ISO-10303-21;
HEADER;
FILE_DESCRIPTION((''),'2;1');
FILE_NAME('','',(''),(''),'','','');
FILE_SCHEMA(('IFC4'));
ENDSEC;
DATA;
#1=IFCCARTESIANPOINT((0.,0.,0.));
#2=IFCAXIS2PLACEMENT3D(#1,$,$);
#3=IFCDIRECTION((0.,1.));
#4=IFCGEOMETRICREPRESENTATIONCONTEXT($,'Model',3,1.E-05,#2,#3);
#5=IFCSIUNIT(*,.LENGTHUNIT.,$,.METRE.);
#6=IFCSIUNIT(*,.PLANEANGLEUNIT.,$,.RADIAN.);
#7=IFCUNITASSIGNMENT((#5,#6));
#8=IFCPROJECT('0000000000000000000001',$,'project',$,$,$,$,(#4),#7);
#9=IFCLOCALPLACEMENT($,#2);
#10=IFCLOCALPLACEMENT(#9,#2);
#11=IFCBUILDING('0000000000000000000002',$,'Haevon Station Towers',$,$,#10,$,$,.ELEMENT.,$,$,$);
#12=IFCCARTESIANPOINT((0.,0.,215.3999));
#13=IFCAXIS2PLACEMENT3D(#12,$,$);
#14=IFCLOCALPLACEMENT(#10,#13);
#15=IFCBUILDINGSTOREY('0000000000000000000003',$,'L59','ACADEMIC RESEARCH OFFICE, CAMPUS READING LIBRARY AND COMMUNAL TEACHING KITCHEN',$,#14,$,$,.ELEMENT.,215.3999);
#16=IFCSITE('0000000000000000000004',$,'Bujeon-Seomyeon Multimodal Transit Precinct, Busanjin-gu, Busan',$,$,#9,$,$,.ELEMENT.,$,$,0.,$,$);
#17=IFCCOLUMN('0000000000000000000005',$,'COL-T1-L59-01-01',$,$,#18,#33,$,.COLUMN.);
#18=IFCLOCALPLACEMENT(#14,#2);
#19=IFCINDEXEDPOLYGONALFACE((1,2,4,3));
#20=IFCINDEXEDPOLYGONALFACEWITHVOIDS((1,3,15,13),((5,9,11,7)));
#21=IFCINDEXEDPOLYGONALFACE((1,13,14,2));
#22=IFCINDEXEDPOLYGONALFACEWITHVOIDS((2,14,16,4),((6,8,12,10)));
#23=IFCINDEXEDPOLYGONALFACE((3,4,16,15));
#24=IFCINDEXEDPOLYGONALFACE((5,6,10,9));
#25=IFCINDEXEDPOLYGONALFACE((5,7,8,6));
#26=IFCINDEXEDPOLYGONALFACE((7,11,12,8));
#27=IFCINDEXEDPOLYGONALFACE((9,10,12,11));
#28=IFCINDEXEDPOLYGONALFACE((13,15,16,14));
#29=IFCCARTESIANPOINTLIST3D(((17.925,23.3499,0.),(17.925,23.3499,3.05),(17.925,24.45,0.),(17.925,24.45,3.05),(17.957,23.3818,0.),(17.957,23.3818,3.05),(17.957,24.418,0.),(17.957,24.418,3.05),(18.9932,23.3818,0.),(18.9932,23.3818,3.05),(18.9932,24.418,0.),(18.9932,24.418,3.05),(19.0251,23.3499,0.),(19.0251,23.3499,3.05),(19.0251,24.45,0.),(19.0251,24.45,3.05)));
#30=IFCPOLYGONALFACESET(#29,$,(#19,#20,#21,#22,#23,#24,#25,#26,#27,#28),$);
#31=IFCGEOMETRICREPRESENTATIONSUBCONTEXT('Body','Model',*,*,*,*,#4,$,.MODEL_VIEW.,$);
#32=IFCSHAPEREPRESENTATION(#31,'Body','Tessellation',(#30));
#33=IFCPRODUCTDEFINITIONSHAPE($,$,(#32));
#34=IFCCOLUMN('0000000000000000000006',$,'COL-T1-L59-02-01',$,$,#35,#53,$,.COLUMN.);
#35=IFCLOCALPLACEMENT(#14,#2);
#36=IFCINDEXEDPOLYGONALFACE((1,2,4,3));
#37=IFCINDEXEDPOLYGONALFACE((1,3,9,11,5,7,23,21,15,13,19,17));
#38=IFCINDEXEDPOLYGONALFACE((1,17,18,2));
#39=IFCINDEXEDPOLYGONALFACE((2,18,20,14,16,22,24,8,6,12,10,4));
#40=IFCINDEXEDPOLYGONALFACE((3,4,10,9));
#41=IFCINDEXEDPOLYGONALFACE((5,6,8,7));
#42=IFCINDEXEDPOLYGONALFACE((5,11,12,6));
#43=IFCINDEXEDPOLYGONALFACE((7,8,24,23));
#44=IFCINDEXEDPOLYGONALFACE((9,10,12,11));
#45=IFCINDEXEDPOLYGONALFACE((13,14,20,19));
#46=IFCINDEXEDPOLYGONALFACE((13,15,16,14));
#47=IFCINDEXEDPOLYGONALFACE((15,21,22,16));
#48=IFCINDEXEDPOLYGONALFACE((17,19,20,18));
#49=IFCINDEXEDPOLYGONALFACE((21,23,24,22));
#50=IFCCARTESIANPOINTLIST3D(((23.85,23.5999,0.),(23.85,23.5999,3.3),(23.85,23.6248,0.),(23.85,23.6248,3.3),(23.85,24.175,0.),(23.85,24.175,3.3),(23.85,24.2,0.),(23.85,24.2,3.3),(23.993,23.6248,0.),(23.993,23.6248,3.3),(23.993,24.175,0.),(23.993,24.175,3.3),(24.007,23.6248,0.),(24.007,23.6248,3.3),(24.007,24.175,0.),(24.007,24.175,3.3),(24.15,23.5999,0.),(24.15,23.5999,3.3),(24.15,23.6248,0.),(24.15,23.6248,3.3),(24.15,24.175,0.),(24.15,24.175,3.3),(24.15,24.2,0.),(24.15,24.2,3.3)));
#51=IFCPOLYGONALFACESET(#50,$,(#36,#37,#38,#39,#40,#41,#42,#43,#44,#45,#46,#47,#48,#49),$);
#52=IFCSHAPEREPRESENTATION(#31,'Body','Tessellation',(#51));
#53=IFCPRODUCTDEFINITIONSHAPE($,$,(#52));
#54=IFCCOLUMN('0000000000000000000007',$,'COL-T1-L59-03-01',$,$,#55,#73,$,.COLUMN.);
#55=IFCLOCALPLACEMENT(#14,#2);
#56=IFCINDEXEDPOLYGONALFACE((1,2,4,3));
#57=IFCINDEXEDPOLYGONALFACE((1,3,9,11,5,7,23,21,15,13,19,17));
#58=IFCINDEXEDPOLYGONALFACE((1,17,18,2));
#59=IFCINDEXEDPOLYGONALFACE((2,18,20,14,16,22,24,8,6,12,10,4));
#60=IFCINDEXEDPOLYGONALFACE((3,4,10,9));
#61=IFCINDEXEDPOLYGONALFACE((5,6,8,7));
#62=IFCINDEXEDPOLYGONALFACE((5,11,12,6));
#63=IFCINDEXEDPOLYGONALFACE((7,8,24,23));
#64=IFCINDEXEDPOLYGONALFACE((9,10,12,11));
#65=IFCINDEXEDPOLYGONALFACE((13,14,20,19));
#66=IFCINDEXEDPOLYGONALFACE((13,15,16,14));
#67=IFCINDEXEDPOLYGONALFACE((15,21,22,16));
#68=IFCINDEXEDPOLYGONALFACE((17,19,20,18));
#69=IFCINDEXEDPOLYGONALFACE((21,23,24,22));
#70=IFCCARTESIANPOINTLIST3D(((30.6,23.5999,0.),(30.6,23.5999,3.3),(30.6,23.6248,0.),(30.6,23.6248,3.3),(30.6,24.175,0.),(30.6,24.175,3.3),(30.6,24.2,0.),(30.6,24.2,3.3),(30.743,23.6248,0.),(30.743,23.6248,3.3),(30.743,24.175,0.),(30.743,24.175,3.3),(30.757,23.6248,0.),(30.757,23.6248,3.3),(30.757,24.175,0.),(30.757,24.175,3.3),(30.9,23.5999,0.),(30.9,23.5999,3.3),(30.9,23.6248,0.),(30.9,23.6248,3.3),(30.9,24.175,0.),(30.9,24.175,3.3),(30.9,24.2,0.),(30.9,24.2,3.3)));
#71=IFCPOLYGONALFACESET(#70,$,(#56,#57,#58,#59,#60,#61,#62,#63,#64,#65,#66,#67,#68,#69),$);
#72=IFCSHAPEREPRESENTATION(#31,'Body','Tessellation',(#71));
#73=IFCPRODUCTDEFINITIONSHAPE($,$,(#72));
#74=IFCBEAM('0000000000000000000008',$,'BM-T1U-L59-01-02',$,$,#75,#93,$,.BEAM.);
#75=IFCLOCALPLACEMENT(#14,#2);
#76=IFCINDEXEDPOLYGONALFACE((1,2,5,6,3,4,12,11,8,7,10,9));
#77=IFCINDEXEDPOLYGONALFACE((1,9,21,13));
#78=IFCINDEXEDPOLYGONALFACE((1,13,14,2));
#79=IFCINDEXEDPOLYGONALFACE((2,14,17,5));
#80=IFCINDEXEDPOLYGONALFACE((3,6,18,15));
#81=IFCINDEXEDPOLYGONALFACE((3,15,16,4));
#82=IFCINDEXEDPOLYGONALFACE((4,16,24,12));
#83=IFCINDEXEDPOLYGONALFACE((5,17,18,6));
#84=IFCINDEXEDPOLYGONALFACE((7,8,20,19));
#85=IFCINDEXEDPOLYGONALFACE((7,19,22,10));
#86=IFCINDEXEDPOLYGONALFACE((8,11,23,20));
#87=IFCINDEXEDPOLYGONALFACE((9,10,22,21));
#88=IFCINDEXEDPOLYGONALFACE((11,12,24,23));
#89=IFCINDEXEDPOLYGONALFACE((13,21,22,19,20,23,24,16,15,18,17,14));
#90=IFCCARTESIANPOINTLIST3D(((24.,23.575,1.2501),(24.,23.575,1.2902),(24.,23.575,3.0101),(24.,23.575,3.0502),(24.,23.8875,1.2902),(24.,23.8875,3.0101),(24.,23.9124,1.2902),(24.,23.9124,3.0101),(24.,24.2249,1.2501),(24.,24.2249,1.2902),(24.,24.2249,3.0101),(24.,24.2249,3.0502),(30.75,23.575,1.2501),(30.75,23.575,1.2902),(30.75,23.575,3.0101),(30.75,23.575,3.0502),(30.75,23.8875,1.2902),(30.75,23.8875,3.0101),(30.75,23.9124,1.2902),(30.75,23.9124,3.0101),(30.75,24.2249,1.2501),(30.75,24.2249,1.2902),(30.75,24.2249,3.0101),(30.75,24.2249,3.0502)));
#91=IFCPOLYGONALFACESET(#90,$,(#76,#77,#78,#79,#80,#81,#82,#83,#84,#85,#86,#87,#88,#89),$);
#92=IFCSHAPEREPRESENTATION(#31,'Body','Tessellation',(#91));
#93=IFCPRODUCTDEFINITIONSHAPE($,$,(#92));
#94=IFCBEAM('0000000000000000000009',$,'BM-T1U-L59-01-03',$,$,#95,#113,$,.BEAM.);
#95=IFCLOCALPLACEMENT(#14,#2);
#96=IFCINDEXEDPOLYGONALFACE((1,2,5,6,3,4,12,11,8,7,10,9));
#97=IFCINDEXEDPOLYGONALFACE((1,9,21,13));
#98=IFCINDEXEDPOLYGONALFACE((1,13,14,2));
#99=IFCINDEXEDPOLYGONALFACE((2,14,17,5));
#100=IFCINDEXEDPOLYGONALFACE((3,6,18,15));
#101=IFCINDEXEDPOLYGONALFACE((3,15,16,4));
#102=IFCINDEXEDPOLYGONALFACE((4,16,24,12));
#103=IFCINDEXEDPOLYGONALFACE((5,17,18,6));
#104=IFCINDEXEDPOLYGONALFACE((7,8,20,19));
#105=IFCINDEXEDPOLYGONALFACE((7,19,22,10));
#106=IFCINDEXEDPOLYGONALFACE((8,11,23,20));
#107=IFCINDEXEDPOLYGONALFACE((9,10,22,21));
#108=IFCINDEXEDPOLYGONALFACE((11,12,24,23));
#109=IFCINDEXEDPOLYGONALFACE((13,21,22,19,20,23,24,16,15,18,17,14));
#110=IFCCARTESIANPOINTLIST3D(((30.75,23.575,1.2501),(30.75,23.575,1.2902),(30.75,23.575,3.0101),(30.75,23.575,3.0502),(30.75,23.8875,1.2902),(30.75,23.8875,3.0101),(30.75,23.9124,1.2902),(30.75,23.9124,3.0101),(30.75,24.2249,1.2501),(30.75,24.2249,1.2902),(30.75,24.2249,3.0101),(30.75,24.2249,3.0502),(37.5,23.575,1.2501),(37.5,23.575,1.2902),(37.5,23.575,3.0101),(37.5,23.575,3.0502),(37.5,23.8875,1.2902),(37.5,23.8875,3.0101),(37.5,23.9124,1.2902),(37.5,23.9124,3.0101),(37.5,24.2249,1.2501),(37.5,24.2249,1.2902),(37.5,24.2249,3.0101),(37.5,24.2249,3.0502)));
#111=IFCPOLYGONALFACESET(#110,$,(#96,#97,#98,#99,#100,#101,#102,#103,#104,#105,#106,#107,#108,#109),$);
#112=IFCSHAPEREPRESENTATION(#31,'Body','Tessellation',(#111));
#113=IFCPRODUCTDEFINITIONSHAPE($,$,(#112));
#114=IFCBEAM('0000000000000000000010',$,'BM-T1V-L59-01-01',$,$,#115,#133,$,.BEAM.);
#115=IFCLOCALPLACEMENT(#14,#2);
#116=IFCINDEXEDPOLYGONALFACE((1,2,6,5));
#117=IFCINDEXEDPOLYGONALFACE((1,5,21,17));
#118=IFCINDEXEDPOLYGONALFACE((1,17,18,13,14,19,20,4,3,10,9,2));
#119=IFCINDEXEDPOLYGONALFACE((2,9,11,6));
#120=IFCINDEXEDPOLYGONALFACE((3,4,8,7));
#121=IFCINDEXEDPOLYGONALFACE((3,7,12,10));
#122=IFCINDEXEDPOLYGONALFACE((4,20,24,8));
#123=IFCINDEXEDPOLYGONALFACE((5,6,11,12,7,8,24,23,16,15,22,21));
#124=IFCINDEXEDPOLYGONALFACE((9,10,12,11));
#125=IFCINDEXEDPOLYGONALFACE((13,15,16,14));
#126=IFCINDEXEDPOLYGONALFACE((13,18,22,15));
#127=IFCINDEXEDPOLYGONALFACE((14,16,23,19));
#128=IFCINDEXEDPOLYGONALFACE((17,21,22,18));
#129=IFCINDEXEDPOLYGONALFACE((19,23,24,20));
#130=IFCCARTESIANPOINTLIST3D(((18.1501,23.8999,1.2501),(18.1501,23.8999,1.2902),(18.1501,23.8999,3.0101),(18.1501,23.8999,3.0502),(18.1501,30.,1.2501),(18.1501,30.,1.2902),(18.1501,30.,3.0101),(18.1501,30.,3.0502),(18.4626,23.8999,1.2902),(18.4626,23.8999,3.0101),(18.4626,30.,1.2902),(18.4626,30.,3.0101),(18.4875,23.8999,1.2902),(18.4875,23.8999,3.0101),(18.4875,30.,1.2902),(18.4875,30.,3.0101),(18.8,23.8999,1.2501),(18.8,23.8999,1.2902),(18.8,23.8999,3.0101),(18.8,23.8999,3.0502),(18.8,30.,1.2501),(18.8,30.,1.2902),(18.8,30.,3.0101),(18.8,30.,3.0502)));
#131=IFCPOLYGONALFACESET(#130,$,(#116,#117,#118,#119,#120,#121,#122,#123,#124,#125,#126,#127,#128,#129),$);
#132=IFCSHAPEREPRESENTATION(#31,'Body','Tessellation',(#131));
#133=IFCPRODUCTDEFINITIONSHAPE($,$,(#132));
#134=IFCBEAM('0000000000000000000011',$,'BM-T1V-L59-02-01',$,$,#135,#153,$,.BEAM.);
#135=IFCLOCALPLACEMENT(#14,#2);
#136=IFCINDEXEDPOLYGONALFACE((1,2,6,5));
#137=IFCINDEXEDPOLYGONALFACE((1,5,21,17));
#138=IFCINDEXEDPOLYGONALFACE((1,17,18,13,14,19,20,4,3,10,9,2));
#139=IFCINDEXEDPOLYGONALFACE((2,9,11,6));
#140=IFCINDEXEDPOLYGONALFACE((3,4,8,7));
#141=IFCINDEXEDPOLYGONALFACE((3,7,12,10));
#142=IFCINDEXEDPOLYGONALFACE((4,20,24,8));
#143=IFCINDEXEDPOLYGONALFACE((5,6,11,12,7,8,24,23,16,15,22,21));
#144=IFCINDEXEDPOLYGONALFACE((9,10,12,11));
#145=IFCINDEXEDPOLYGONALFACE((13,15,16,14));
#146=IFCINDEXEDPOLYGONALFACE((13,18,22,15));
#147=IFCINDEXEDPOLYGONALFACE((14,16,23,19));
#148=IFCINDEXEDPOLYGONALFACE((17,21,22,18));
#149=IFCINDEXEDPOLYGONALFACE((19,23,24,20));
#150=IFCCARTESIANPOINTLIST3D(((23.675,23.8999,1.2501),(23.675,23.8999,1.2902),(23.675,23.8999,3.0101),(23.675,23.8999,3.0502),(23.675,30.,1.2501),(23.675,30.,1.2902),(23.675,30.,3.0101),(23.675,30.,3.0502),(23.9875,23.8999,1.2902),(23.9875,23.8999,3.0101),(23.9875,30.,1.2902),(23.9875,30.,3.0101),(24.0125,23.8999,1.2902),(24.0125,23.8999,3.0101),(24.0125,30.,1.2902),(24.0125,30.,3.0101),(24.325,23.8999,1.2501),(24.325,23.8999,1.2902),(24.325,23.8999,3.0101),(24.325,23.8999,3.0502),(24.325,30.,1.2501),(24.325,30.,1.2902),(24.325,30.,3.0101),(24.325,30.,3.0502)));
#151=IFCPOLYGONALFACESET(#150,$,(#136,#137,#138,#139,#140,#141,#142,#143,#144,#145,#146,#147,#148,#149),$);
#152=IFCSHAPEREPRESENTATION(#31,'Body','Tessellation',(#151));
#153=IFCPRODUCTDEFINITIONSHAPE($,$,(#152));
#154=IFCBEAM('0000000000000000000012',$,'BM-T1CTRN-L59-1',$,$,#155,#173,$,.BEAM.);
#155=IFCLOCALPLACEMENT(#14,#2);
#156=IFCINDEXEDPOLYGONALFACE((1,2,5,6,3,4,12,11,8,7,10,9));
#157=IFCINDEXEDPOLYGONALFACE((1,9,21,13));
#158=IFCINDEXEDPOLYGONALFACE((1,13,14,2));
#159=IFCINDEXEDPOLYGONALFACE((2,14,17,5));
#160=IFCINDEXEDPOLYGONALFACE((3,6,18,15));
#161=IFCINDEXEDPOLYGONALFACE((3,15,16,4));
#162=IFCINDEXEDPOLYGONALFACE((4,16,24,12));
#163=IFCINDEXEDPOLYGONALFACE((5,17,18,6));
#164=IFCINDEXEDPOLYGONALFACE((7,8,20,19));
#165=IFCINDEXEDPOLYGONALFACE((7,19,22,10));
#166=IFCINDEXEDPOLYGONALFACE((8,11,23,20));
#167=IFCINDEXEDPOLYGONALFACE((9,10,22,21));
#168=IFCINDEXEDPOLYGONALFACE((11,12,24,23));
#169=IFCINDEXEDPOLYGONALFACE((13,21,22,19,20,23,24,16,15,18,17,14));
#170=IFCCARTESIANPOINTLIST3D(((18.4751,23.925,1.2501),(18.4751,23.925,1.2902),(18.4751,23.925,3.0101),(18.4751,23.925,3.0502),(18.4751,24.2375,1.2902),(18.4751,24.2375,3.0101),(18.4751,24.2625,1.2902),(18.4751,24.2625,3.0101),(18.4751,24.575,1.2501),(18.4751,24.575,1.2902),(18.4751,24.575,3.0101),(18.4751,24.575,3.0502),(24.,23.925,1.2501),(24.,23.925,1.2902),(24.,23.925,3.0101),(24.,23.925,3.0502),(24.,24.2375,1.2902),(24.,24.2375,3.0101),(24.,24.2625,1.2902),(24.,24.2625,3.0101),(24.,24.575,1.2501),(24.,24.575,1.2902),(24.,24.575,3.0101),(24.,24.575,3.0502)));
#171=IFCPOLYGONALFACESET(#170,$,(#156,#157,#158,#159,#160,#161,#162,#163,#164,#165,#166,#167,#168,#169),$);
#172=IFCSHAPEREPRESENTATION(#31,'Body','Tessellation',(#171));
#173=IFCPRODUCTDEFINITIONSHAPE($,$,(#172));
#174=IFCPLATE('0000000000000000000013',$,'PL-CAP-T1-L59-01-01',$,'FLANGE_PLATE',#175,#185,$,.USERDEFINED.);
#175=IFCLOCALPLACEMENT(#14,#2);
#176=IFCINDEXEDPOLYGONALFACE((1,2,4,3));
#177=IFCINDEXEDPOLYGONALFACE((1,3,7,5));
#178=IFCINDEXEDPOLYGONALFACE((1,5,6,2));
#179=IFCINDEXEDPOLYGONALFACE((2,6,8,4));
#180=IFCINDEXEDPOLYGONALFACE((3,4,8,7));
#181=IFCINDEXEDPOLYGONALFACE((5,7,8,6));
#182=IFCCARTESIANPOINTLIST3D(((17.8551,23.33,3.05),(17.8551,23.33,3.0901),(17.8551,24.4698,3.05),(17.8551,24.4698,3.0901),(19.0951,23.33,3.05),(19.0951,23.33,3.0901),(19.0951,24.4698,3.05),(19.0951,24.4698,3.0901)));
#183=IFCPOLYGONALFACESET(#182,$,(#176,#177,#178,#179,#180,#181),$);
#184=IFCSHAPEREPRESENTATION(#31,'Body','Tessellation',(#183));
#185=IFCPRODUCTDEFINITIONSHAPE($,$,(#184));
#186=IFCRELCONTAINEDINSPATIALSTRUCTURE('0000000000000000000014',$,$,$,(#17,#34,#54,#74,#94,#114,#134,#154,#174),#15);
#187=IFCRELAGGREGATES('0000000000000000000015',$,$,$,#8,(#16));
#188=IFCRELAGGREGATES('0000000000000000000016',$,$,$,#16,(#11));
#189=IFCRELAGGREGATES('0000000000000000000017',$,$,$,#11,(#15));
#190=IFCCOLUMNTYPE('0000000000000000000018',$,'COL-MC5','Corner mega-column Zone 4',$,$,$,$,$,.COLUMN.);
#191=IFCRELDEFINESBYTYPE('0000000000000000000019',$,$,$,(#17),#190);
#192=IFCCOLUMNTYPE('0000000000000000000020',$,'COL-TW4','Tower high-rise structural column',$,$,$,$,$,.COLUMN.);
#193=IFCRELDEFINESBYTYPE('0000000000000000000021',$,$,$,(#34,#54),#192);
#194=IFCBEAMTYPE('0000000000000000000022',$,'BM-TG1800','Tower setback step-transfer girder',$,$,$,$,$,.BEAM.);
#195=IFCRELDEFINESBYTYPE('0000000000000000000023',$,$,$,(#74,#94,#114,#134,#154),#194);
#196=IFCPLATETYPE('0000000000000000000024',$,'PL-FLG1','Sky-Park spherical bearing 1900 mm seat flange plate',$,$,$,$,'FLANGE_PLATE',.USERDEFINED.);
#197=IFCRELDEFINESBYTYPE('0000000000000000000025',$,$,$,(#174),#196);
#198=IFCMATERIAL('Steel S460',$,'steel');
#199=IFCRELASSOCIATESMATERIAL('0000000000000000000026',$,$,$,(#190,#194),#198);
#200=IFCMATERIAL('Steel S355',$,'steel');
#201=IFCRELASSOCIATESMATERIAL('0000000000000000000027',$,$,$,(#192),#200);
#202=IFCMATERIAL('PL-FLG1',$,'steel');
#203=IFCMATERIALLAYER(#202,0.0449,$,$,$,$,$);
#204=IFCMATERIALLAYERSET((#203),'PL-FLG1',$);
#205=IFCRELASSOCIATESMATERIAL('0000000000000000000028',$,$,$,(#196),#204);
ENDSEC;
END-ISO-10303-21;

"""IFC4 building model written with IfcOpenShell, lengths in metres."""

from ifc_helpers import new_model, si_unit, direction, frame, origin, origin_2d, place, context, subcontext, project, spatial, rectangle, hollow_rectangle, i_section, extrude, material, layer, layer_set, material_profile, profile_set, type_object, element, save


model = new_model("IFC4")

# Units and contexts
model_context = context("Model", 3, precision=1e-05, world=origin(), true_north=direction((0.0, 1.0)))
body_context = subcontext(model_context, "Body", "Model", "MODEL_VIEW")
ifc_project = project(units=[si_unit("LENGTHUNIT", "METRE"), si_unit("PLANEANGLEUNIT", "RADIAN")], contexts=[model_context])

# Site, building, storey
site_placement = place(None, origin())
site = spatial("IfcSite", under=ifc_project, at=site_placement, Name="Bujeon-Seomyeon Multimodal Transit Precinct, Busanjin-gu, Busan", CompositionType="ELEMENT", RefElevation=0.0)
building_placement = place(site_placement, origin())
building = spatial("IfcBuilding", under=site, at=building_placement, Name="Haevon Station Towers", CompositionType="ELEMENT")
storey_placement = place(building_placement, frame((0.0, 0.0, 215.3999)))
storey = spatial("IfcBuildingStorey", under=building, at=storey_placement, Name="L59", Description="ACADEMIC RESEARCH OFFICE, CAMPUS READING LIBRARY AND COMMUNAL TEACHING KITCHEN", CompositionType="ELEMENT", Elevation=215.3999)

# Columns
ifc_material_1 = material(Name="Steel S460", Category="steel")
ifc_material_profile_1 = material_profile(ifc_material_1, hollow_rectangle(XDim=1.1001, YDim=1.1001, WallThickness=0.032, at=origin_2d()), Name="BOX-1100x1100x32")
ifc_profile_set_1 = profile_set([ifc_material_profile_1], Name="Steel S460")
column_type_1 = type_object("IfcColumnType", Name="COL-MC5", Description="Corner mega-column Zone 4", PredefinedType="COLUMN", material=ifc_profile_set_1)
column_placement = place(storey_placement, frame((18.4751, 23.8999, 0.0), z_axis=(0.0, 0.0, 1.0), x_axis=(1.0, 0.0, 0.0)))
element("IfcColumn", 1, at=column_placement, inside=storey, type_object=column_type_1, Name="COL-T1-L59-01-01", PredefinedType="COLUMN", context=body_context, shape_type="SweptSolid", body=[
    extrude(hollow_rectangle(XDim=1.1001, YDim=1.1001, WallThickness=0.032, at=origin_2d()), origin(), (0.0, 0.0, 1.0), 3.05),
])
ifc_material_2 = material(Name="Steel S355", Category="steel")
ifc_material_profile_2 = material_profile(ifc_material_2, i_section(OverallWidth=0.3, OverallDepth=0.6001, WebThickness=0.0139, FlangeThickness=0.0249, at=origin_2d()), Name="H-600x300x14x25")
ifc_profile_set_2 = profile_set([ifc_material_profile_2], Name="Steel S355")
column_type_2 = type_object("IfcColumnType", Name="COL-TW4", Description="Tower high-rise structural column", PredefinedType="COLUMN", material=ifc_profile_set_2)
for number, where, z_axis, x_axis, name in (
    (2, (24.0, 23.8999, 0.0), (0.0, 0.0, 1.0), (1.0, 0.0, 0.0), "COL-T1-L59-02-01"),
    (3, (30.75, 23.8999, 0.0), (0.0, 0.0, 1.0), (1.0, 0.0, 0.0), "COL-T1-L59-03-01"),
):
    element("IfcColumn", number, at=place(storey_placement, frame(where, z_axis=z_axis, x_axis=x_axis)), inside=storey, type_object=column_type_2, Name=name, PredefinedType="COLUMN", context=body_context, shape_type="SweptSolid", body=[
        extrude(i_section(OverallWidth=0.3, OverallDepth=0.6001, WebThickness=0.0139, FlangeThickness=0.0249, at=origin_2d()), origin(), (0.0, 0.0, 1.0), 3.3),
    ])

# Beams
ifc_material_profile_3 = material_profile(ifc_material_1, i_section(OverallWidth=0.6499, OverallDepth=1.8, WebThickness=0.0249, FlangeThickness=0.04, at=origin_2d()), Name="H-1800x650x25x40")
ifc_profile_set_3 = profile_set([ifc_material_profile_3], Name="Steel S460")
beam_type = type_object("IfcBeamType", Name="BM-TG1800", Description="Tower setback step-transfer girder", PredefinedType="BEAM", material=ifc_profile_set_3)
for number, where, z_axis, x_axis, name in (
    (4, (24.0, 23.8999, 2.1501), (1.0, 0.0, 0.0), (0.0, 1.0, 0.0), "BM-T1U-L59-01-02"),
    (5, (30.75, 23.8999, 2.1501), (1.0, 0.0, 0.0), (0.0, 1.0, 0.0), "BM-T1U-L59-01-03"),
):
    element("IfcBeam", number, at=place(storey_placement, frame(where, z_axis=z_axis, x_axis=x_axis)), inside=storey, type_object=beam_type, Name=name, PredefinedType="BEAM", context=body_context, shape_type="SweptSolid", body=[
        extrude(i_section(OverallWidth=0.6499, OverallDepth=1.8, WebThickness=0.0249, FlangeThickness=0.04, at=origin_2d()), origin(), (0.0, 0.0, 1.0), 6.75),
    ])
for number, where, z_axis, x_axis, name in (
    (6, (18.4751, 23.8999, 2.1501), (0.0, 1.0, 0.0), (-1.0, 0.0, 0.0), "BM-T1V-L59-01-01"),
    (7, (24.0, 23.8999, 2.1501), (0.0, 1.0, 0.0), (-1.0, 0.0, 0.0), "BM-T1V-L59-02-01"),
):
    element("IfcBeam", number, at=place(storey_placement, frame(where, z_axis=z_axis, x_axis=x_axis)), inside=storey, type_object=beam_type, Name=name, PredefinedType="BEAM", context=body_context, shape_type="SweptSolid", body=[
        extrude(i_section(OverallWidth=0.6499, OverallDepth=1.8, WebThickness=0.0249, FlangeThickness=0.04, at=origin_2d()), origin(), (0.0, 0.0, 1.0), 6.1001),
    ])
beam_placement = place(storey_placement, frame((18.4751, 24.25, 2.1501), z_axis=(1.0, 0.0, 0.0), x_axis=(0.0, 1.0, 0.0)))
element("IfcBeam", 8, at=beam_placement, inside=storey, type_object=beam_type, Name="BM-T1CTRN-L59-1", PredefinedType="BEAM", context=body_context, shape_type="SweptSolid", body=[
    extrude(i_section(OverallWidth=0.6499, OverallDepth=1.8, WebThickness=0.0249, FlangeThickness=0.04, at=origin_2d()), origin(), (0.0, 0.0, 1.0), 5.5249),
])

# Plate
ifc_material_3 = material(Name="PL-FLG1", Category="steel")
ifc_layer_1 = layer(ifc_material_3, 0.0449)
ifc_layer_set_1 = layer_set([ifc_layer_1], Name="PL-FLG1")
plate_type_1 = type_object("IfcPlateType", Name="PL-FLG1", Description="Sky-Park spherical bearing 1900 mm seat flange plate", ElementType="FLANGE_PLATE", PredefinedType="USERDEFINED", material=ifc_layer_set_1)
plate_1_placement = place(storey_placement, frame((18.4751, 23.8999, 3.05), z_axis=(0.0, 0.0, 1.0), x_axis=(1.0, 0.0, 0.0)))
element("IfcPlate", 9, at=plate_1_placement, inside=storey, type_object=plate_type_1, Name="PL-CAP-T1-L59-01-01", ObjectType="FLANGE_PLATE", PredefinedType="USERDEFINED", context=body_context, shape_type="SweptSolid", body=[
    extrude(rectangle(XDim=1.24, YDim=1.1399, at=origin_2d()), origin(), (0.0, 0.0, 1.0), 0.04),
])

save(model, "model.ifc")
